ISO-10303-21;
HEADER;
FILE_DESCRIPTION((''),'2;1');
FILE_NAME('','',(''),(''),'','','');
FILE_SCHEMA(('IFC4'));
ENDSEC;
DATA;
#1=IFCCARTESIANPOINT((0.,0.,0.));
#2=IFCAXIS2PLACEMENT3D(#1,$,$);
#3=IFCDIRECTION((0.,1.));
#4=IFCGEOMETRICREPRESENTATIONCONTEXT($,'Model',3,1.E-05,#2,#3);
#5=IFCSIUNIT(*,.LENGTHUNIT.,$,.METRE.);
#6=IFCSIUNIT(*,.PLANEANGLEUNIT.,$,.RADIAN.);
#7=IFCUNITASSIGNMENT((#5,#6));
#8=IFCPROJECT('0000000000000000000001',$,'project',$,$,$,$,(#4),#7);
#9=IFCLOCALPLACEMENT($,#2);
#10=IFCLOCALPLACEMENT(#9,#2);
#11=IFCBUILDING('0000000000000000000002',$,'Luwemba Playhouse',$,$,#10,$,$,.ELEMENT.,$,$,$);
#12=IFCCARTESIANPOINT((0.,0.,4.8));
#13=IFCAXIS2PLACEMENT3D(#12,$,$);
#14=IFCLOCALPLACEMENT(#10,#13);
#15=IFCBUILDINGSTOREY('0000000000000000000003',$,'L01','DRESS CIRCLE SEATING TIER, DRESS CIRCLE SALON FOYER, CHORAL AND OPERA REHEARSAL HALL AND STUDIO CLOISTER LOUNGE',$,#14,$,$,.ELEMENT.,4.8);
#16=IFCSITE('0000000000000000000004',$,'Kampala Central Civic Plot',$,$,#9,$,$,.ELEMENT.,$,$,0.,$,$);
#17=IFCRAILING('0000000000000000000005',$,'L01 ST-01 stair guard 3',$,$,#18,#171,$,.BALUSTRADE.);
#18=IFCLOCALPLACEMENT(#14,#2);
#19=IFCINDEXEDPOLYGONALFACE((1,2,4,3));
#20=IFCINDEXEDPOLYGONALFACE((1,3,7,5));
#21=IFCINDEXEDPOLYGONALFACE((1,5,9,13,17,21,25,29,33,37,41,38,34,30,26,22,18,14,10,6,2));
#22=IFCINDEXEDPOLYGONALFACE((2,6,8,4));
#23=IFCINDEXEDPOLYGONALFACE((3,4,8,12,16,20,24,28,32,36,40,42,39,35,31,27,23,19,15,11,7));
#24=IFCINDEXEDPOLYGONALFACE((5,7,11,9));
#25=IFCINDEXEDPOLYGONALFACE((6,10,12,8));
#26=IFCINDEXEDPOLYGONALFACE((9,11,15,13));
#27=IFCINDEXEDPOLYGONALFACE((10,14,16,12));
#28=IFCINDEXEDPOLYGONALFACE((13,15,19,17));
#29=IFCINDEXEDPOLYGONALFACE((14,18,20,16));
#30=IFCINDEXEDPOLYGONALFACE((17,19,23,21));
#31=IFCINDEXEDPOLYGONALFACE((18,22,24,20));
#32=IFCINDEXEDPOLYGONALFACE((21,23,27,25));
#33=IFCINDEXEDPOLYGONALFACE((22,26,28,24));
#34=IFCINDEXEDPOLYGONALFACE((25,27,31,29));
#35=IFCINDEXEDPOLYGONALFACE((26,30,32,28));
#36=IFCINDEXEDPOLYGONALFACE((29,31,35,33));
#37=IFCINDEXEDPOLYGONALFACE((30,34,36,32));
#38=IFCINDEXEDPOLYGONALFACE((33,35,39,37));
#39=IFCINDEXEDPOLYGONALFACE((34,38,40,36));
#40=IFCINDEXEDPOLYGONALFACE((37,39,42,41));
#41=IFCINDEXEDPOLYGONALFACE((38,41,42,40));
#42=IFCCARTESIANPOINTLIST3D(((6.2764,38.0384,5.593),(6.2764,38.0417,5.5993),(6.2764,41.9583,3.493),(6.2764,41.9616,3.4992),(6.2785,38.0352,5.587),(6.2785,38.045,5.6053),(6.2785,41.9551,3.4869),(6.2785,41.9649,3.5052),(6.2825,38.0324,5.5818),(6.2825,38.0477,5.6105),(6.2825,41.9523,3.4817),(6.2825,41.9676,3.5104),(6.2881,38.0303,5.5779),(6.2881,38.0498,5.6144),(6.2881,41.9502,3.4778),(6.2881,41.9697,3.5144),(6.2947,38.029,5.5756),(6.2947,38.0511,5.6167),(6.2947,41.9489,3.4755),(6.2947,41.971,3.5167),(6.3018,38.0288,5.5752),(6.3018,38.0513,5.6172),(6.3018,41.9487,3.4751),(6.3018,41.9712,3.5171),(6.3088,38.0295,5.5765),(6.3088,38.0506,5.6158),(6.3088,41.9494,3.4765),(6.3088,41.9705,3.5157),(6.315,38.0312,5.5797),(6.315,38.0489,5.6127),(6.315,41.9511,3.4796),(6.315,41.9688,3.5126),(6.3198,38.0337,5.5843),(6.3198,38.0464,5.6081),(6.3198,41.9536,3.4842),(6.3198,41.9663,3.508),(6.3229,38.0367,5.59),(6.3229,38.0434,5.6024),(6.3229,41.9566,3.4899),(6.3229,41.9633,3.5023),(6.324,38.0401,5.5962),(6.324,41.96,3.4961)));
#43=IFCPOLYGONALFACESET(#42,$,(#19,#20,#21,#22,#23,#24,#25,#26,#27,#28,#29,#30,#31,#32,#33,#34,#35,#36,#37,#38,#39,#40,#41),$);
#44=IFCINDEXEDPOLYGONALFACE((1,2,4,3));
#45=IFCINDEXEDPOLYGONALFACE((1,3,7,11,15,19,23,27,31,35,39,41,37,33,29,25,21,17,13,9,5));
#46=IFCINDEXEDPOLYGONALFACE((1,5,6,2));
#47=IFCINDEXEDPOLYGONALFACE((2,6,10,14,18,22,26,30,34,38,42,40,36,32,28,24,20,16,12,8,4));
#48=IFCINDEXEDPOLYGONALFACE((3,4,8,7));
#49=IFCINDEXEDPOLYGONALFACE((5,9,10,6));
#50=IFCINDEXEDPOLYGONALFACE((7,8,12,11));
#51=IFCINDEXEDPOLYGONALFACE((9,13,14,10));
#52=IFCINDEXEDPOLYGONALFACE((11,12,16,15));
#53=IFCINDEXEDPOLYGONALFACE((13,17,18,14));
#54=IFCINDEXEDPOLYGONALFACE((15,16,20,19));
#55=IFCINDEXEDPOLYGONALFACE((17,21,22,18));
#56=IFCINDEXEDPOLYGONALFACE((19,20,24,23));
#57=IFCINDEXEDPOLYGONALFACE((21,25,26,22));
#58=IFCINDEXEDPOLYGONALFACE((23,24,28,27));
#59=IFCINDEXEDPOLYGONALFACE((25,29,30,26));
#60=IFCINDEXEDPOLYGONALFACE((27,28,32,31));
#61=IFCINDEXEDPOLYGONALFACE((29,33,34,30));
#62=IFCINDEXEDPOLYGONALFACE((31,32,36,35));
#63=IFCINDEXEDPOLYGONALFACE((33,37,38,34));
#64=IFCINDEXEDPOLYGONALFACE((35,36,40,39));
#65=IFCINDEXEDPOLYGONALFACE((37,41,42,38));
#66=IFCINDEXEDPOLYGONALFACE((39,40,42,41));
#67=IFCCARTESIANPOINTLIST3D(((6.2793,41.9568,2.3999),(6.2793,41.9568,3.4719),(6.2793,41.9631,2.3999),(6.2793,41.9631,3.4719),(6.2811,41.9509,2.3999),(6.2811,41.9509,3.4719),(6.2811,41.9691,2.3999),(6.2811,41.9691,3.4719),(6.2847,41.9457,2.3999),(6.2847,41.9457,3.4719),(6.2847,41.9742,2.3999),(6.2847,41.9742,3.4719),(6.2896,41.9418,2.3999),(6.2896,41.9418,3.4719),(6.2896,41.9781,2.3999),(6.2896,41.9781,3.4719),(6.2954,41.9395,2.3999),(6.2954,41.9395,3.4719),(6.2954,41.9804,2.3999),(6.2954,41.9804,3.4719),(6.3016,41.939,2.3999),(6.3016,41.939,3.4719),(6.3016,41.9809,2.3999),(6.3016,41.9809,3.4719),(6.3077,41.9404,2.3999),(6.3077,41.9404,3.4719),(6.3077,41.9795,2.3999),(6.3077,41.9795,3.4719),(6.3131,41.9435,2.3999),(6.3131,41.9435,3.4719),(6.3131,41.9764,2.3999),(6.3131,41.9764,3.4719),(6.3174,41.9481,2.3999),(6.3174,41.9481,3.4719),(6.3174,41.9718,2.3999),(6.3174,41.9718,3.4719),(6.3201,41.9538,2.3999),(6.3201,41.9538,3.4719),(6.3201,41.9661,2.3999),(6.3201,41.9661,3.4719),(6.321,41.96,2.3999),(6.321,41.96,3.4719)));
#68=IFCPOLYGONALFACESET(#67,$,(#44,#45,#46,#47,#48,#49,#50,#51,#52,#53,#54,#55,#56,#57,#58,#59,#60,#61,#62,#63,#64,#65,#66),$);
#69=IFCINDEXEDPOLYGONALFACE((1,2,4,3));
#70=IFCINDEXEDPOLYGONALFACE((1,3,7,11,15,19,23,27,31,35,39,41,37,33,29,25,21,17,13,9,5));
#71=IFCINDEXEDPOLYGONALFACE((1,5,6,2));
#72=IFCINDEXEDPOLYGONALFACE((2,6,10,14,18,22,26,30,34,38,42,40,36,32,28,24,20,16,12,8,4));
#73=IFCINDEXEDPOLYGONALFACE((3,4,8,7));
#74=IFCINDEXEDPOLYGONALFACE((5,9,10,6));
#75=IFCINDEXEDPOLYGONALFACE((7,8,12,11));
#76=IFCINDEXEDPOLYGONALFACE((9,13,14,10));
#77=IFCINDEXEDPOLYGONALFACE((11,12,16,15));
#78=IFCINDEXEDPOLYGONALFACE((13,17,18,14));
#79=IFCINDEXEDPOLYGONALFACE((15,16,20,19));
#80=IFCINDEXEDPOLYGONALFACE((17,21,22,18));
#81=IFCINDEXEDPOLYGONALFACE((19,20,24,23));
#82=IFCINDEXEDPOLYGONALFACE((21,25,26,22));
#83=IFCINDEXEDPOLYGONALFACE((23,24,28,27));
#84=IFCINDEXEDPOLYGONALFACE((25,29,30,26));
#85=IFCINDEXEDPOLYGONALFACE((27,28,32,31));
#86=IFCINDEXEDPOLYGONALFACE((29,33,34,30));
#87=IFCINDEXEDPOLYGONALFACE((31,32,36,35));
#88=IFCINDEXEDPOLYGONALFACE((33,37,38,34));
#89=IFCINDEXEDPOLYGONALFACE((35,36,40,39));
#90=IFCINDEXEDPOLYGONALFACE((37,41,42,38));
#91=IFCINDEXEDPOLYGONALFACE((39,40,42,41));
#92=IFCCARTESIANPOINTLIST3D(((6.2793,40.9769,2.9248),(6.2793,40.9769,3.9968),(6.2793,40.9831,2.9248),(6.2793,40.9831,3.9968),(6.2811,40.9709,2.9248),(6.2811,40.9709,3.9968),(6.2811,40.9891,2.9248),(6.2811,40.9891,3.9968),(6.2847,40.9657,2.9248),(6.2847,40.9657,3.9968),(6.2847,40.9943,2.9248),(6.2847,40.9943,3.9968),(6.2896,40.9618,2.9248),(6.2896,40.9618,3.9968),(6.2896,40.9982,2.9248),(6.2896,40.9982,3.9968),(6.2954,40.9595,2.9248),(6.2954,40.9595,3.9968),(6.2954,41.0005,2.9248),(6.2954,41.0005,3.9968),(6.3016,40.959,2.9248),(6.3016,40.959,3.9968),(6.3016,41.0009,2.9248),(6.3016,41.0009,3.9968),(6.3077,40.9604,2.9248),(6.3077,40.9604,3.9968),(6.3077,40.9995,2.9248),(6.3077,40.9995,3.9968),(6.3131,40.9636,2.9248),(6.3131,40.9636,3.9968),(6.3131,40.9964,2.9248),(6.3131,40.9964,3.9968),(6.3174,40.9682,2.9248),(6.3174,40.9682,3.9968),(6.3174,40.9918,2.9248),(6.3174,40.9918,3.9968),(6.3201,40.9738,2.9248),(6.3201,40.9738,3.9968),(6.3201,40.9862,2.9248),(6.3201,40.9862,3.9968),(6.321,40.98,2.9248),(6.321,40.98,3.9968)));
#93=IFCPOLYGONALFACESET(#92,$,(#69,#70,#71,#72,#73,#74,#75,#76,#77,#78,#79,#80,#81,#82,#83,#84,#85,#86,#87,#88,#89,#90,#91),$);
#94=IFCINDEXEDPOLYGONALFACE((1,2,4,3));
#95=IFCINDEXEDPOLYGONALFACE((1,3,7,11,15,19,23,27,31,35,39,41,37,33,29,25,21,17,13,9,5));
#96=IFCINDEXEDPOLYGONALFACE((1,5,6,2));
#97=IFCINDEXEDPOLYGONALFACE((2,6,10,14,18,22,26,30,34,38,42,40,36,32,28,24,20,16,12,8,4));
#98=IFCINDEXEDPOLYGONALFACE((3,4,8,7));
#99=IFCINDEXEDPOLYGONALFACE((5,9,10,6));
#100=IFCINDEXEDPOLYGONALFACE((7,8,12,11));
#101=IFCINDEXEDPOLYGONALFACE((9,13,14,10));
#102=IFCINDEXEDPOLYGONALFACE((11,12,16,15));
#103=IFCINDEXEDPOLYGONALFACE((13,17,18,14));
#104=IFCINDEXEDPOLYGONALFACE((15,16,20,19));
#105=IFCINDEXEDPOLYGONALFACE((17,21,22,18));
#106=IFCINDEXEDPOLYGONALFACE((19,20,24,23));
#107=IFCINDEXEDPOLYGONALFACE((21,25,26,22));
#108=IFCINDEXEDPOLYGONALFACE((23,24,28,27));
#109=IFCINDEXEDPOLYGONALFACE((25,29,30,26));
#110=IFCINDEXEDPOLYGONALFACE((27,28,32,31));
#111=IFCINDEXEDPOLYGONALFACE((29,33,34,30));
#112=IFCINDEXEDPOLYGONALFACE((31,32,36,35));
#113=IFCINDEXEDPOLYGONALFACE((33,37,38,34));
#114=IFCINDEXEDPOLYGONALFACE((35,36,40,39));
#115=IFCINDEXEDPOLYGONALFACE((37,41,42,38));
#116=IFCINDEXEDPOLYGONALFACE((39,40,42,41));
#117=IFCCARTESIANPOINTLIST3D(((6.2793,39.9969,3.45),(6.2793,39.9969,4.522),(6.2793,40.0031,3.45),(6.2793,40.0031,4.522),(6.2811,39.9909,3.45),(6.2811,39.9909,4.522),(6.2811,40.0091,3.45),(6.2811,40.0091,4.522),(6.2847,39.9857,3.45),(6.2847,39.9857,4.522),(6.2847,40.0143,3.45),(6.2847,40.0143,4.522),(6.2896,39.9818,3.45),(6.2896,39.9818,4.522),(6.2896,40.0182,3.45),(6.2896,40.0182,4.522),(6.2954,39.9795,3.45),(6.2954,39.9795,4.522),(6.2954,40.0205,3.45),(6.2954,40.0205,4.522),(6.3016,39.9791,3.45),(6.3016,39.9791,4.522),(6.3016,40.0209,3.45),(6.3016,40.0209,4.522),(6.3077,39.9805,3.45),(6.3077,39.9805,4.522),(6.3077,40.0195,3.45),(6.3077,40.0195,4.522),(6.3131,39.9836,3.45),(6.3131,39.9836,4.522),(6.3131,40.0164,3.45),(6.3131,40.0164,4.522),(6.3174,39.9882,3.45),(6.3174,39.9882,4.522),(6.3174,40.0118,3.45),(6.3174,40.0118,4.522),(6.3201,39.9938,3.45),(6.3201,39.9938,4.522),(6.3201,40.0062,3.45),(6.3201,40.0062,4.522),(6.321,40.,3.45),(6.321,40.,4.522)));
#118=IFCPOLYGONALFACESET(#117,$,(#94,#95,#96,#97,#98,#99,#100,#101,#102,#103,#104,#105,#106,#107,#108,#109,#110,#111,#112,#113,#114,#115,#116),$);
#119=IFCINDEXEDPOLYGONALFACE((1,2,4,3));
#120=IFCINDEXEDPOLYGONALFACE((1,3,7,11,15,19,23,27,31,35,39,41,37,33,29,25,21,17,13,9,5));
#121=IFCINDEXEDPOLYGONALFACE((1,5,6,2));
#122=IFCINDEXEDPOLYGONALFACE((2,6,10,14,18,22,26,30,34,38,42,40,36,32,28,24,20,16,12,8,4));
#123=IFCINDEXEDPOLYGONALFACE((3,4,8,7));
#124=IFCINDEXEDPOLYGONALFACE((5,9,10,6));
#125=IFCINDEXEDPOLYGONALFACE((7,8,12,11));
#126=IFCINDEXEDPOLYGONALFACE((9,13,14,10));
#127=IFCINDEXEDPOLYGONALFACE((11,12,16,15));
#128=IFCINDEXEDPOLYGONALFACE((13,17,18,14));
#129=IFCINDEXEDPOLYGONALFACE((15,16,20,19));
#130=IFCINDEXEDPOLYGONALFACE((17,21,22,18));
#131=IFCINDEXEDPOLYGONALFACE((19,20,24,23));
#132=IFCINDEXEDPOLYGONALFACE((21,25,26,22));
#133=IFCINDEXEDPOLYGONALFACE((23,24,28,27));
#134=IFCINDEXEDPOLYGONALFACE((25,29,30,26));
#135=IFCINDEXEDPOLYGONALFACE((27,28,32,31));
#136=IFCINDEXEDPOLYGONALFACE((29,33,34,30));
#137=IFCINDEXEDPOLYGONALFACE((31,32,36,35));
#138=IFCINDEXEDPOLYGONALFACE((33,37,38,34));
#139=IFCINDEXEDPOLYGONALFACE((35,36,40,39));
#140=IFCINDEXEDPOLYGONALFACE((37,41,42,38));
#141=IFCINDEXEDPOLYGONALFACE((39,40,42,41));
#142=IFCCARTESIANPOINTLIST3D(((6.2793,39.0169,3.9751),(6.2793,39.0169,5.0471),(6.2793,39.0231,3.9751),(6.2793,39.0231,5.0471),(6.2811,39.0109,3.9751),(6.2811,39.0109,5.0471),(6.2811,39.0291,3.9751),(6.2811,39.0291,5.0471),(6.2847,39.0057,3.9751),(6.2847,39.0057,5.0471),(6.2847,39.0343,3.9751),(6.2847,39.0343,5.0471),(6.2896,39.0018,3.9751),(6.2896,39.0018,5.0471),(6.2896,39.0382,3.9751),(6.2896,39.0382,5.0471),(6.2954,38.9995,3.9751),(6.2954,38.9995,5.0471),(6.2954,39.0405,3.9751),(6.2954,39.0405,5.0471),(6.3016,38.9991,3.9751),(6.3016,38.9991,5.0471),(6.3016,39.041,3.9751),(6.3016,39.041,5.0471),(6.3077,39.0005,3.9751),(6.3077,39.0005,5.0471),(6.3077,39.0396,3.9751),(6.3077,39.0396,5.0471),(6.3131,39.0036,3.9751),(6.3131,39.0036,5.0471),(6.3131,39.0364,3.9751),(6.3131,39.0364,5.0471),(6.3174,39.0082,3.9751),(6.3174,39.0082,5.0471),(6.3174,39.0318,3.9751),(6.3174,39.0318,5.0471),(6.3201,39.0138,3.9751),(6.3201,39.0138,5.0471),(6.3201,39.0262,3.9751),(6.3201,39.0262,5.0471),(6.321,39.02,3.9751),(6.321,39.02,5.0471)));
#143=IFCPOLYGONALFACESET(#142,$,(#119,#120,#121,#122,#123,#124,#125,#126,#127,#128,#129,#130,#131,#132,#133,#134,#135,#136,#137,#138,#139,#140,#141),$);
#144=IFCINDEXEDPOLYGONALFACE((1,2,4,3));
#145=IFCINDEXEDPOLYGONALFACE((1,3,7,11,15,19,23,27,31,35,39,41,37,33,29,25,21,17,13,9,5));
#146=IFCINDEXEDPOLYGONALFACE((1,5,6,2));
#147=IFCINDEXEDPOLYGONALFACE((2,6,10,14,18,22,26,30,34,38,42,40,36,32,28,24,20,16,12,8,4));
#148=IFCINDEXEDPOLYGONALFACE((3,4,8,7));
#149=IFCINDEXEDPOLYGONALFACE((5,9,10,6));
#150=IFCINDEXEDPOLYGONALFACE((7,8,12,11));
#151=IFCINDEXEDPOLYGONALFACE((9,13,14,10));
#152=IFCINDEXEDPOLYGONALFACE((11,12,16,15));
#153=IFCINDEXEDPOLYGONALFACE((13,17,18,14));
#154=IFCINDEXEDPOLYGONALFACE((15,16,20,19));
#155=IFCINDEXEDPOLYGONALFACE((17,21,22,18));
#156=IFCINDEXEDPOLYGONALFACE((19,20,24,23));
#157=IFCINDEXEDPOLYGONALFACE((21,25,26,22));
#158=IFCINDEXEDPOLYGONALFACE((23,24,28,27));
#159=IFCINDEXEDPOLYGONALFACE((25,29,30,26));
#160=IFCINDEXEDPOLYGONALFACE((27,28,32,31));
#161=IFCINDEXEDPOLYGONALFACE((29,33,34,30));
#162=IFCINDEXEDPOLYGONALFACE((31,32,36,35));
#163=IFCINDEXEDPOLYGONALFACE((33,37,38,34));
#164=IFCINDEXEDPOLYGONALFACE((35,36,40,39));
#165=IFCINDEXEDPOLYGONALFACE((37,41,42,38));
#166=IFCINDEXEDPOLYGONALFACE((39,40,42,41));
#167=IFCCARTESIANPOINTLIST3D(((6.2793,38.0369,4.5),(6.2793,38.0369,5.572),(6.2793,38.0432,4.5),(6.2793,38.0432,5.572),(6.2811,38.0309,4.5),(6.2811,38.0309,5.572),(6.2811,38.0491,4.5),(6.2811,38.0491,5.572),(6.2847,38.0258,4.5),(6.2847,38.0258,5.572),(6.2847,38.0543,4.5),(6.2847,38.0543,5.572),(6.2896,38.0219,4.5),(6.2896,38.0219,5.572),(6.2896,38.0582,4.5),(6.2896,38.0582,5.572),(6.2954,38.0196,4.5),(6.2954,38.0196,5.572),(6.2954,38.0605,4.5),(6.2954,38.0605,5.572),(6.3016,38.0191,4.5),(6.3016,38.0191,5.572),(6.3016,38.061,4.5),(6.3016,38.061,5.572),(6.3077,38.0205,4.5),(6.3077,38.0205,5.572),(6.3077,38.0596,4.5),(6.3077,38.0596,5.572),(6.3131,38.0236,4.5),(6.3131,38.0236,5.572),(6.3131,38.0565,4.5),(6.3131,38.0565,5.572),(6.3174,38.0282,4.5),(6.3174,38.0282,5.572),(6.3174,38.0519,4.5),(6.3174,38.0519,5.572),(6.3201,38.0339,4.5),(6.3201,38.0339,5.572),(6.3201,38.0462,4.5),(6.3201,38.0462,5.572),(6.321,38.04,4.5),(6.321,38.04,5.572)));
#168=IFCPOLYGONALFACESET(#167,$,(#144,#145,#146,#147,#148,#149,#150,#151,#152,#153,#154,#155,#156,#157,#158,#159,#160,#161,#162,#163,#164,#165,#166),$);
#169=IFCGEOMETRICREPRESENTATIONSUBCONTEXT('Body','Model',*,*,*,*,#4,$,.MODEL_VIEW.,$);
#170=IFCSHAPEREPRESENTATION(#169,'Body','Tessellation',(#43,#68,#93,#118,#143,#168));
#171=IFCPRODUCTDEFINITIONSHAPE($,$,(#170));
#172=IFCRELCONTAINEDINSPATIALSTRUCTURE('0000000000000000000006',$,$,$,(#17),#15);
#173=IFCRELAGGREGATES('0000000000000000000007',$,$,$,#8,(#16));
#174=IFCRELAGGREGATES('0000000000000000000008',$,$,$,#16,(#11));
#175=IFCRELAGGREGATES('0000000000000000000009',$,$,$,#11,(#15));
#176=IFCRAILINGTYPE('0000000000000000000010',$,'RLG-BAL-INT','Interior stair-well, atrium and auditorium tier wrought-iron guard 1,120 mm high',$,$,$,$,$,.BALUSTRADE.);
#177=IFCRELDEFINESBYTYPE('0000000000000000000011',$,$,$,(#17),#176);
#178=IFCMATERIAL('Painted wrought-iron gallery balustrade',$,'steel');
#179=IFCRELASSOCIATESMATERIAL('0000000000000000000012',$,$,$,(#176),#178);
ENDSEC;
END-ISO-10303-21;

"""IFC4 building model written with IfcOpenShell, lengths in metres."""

from ifc_helpers import new_model, si_unit, direction, frame, origin, origin_2d, place, context, subcontext, project, spatial, circle, extrude, material, type_object, element, save


model = new_model("IFC4")

# Units and contexts
model_context = context("Model", 3, precision=1e-05, world=origin(), true_north=direction((0.0, 1.0)))
body_context = subcontext(model_context, "Body", "Model", "MODEL_VIEW")
ifc_project = project(units=[si_unit("LENGTHUNIT", "METRE"), si_unit("PLANEANGLEUNIT", "RADIAN")], contexts=[model_context])

# Site, building, storey
site_placement = place(None, origin())
site = spatial("IfcSite", under=ifc_project, at=site_placement, Name="Kampala Central Civic Plot", CompositionType="ELEMENT", RefElevation=0.0)
building_placement = place(site_placement, origin())
building = spatial("IfcBuilding", under=site, at=building_placement, Name="Luwemba Playhouse", CompositionType="ELEMENT")
storey_placement = place(building_placement, frame((0.0, 0.0, 4.8)))
storey = spatial("IfcBuildingStorey", under=building, at=storey_placement, Name="L01", Description="DRESS CIRCLE SEATING TIER, DRESS CIRCLE SALON FOYER, CHORAL AND OPERA REHEARSAL HALL AND STUDIO CLOISTER LOUNGE", CompositionType="ELEMENT", Elevation=4.8)

# Railing
ifc_material_1 = material(Name="Painted wrought-iron gallery balustrade", Category="steel")
railing_type_1 = type_object("IfcRailingType", Name="RLG-BAL-INT", Description="Interior stair-well, atrium and auditorium tier wrought-iron guard 1,120 mm high", PredefinedType="BALUSTRADE", material=ifc_material_1)
railing_1_placement = place(storey_placement, frame((6.3, 41.96, 2.3999)))
element("IfcRailing", 1, at=railing_1_placement, inside=storey, type_object=railing_type_1, Name="L01 ST-01 stair guard 3", PredefinedType="BALUSTRADE", context=body_context, shape_type="SweptSolid", body=[
    extrude(circle(Radius=0.0239, at=origin_2d()), frame((0.0, 0.0, 1.0962), z_axis=(0.0, -0.881467, 0.472246), x_axis=(1.0, 0.0, 0.0)), (0.0, 0.0, 1.0), 4.447),
    extrude(circle(Radius=0.021, at=origin_2d()), origin(), (0.0, 0.0, 1.0), 1.072),
    extrude(circle(Radius=0.021, at=origin_2d()), frame((0.0, -0.98, 0.5249)), (0.0, 0.0, 1.0), 1.072),
    extrude(circle(Radius=0.021, at=origin_2d()), frame((0.0, -1.96, 1.05)), (0.0, 0.0, 1.0), 1.072),
    extrude(circle(Radius=0.021, at=origin_2d()), frame((0.0, -2.9399, 1.5752)), (0.0, 0.0, 1.0), 1.072),
    extrude(circle(Radius=0.021, at=origin_2d()), frame((0.0, -3.9199, 2.1001)), (0.0, 0.0, 1.0), 1.072),
])

save(model, "model.ifc")
